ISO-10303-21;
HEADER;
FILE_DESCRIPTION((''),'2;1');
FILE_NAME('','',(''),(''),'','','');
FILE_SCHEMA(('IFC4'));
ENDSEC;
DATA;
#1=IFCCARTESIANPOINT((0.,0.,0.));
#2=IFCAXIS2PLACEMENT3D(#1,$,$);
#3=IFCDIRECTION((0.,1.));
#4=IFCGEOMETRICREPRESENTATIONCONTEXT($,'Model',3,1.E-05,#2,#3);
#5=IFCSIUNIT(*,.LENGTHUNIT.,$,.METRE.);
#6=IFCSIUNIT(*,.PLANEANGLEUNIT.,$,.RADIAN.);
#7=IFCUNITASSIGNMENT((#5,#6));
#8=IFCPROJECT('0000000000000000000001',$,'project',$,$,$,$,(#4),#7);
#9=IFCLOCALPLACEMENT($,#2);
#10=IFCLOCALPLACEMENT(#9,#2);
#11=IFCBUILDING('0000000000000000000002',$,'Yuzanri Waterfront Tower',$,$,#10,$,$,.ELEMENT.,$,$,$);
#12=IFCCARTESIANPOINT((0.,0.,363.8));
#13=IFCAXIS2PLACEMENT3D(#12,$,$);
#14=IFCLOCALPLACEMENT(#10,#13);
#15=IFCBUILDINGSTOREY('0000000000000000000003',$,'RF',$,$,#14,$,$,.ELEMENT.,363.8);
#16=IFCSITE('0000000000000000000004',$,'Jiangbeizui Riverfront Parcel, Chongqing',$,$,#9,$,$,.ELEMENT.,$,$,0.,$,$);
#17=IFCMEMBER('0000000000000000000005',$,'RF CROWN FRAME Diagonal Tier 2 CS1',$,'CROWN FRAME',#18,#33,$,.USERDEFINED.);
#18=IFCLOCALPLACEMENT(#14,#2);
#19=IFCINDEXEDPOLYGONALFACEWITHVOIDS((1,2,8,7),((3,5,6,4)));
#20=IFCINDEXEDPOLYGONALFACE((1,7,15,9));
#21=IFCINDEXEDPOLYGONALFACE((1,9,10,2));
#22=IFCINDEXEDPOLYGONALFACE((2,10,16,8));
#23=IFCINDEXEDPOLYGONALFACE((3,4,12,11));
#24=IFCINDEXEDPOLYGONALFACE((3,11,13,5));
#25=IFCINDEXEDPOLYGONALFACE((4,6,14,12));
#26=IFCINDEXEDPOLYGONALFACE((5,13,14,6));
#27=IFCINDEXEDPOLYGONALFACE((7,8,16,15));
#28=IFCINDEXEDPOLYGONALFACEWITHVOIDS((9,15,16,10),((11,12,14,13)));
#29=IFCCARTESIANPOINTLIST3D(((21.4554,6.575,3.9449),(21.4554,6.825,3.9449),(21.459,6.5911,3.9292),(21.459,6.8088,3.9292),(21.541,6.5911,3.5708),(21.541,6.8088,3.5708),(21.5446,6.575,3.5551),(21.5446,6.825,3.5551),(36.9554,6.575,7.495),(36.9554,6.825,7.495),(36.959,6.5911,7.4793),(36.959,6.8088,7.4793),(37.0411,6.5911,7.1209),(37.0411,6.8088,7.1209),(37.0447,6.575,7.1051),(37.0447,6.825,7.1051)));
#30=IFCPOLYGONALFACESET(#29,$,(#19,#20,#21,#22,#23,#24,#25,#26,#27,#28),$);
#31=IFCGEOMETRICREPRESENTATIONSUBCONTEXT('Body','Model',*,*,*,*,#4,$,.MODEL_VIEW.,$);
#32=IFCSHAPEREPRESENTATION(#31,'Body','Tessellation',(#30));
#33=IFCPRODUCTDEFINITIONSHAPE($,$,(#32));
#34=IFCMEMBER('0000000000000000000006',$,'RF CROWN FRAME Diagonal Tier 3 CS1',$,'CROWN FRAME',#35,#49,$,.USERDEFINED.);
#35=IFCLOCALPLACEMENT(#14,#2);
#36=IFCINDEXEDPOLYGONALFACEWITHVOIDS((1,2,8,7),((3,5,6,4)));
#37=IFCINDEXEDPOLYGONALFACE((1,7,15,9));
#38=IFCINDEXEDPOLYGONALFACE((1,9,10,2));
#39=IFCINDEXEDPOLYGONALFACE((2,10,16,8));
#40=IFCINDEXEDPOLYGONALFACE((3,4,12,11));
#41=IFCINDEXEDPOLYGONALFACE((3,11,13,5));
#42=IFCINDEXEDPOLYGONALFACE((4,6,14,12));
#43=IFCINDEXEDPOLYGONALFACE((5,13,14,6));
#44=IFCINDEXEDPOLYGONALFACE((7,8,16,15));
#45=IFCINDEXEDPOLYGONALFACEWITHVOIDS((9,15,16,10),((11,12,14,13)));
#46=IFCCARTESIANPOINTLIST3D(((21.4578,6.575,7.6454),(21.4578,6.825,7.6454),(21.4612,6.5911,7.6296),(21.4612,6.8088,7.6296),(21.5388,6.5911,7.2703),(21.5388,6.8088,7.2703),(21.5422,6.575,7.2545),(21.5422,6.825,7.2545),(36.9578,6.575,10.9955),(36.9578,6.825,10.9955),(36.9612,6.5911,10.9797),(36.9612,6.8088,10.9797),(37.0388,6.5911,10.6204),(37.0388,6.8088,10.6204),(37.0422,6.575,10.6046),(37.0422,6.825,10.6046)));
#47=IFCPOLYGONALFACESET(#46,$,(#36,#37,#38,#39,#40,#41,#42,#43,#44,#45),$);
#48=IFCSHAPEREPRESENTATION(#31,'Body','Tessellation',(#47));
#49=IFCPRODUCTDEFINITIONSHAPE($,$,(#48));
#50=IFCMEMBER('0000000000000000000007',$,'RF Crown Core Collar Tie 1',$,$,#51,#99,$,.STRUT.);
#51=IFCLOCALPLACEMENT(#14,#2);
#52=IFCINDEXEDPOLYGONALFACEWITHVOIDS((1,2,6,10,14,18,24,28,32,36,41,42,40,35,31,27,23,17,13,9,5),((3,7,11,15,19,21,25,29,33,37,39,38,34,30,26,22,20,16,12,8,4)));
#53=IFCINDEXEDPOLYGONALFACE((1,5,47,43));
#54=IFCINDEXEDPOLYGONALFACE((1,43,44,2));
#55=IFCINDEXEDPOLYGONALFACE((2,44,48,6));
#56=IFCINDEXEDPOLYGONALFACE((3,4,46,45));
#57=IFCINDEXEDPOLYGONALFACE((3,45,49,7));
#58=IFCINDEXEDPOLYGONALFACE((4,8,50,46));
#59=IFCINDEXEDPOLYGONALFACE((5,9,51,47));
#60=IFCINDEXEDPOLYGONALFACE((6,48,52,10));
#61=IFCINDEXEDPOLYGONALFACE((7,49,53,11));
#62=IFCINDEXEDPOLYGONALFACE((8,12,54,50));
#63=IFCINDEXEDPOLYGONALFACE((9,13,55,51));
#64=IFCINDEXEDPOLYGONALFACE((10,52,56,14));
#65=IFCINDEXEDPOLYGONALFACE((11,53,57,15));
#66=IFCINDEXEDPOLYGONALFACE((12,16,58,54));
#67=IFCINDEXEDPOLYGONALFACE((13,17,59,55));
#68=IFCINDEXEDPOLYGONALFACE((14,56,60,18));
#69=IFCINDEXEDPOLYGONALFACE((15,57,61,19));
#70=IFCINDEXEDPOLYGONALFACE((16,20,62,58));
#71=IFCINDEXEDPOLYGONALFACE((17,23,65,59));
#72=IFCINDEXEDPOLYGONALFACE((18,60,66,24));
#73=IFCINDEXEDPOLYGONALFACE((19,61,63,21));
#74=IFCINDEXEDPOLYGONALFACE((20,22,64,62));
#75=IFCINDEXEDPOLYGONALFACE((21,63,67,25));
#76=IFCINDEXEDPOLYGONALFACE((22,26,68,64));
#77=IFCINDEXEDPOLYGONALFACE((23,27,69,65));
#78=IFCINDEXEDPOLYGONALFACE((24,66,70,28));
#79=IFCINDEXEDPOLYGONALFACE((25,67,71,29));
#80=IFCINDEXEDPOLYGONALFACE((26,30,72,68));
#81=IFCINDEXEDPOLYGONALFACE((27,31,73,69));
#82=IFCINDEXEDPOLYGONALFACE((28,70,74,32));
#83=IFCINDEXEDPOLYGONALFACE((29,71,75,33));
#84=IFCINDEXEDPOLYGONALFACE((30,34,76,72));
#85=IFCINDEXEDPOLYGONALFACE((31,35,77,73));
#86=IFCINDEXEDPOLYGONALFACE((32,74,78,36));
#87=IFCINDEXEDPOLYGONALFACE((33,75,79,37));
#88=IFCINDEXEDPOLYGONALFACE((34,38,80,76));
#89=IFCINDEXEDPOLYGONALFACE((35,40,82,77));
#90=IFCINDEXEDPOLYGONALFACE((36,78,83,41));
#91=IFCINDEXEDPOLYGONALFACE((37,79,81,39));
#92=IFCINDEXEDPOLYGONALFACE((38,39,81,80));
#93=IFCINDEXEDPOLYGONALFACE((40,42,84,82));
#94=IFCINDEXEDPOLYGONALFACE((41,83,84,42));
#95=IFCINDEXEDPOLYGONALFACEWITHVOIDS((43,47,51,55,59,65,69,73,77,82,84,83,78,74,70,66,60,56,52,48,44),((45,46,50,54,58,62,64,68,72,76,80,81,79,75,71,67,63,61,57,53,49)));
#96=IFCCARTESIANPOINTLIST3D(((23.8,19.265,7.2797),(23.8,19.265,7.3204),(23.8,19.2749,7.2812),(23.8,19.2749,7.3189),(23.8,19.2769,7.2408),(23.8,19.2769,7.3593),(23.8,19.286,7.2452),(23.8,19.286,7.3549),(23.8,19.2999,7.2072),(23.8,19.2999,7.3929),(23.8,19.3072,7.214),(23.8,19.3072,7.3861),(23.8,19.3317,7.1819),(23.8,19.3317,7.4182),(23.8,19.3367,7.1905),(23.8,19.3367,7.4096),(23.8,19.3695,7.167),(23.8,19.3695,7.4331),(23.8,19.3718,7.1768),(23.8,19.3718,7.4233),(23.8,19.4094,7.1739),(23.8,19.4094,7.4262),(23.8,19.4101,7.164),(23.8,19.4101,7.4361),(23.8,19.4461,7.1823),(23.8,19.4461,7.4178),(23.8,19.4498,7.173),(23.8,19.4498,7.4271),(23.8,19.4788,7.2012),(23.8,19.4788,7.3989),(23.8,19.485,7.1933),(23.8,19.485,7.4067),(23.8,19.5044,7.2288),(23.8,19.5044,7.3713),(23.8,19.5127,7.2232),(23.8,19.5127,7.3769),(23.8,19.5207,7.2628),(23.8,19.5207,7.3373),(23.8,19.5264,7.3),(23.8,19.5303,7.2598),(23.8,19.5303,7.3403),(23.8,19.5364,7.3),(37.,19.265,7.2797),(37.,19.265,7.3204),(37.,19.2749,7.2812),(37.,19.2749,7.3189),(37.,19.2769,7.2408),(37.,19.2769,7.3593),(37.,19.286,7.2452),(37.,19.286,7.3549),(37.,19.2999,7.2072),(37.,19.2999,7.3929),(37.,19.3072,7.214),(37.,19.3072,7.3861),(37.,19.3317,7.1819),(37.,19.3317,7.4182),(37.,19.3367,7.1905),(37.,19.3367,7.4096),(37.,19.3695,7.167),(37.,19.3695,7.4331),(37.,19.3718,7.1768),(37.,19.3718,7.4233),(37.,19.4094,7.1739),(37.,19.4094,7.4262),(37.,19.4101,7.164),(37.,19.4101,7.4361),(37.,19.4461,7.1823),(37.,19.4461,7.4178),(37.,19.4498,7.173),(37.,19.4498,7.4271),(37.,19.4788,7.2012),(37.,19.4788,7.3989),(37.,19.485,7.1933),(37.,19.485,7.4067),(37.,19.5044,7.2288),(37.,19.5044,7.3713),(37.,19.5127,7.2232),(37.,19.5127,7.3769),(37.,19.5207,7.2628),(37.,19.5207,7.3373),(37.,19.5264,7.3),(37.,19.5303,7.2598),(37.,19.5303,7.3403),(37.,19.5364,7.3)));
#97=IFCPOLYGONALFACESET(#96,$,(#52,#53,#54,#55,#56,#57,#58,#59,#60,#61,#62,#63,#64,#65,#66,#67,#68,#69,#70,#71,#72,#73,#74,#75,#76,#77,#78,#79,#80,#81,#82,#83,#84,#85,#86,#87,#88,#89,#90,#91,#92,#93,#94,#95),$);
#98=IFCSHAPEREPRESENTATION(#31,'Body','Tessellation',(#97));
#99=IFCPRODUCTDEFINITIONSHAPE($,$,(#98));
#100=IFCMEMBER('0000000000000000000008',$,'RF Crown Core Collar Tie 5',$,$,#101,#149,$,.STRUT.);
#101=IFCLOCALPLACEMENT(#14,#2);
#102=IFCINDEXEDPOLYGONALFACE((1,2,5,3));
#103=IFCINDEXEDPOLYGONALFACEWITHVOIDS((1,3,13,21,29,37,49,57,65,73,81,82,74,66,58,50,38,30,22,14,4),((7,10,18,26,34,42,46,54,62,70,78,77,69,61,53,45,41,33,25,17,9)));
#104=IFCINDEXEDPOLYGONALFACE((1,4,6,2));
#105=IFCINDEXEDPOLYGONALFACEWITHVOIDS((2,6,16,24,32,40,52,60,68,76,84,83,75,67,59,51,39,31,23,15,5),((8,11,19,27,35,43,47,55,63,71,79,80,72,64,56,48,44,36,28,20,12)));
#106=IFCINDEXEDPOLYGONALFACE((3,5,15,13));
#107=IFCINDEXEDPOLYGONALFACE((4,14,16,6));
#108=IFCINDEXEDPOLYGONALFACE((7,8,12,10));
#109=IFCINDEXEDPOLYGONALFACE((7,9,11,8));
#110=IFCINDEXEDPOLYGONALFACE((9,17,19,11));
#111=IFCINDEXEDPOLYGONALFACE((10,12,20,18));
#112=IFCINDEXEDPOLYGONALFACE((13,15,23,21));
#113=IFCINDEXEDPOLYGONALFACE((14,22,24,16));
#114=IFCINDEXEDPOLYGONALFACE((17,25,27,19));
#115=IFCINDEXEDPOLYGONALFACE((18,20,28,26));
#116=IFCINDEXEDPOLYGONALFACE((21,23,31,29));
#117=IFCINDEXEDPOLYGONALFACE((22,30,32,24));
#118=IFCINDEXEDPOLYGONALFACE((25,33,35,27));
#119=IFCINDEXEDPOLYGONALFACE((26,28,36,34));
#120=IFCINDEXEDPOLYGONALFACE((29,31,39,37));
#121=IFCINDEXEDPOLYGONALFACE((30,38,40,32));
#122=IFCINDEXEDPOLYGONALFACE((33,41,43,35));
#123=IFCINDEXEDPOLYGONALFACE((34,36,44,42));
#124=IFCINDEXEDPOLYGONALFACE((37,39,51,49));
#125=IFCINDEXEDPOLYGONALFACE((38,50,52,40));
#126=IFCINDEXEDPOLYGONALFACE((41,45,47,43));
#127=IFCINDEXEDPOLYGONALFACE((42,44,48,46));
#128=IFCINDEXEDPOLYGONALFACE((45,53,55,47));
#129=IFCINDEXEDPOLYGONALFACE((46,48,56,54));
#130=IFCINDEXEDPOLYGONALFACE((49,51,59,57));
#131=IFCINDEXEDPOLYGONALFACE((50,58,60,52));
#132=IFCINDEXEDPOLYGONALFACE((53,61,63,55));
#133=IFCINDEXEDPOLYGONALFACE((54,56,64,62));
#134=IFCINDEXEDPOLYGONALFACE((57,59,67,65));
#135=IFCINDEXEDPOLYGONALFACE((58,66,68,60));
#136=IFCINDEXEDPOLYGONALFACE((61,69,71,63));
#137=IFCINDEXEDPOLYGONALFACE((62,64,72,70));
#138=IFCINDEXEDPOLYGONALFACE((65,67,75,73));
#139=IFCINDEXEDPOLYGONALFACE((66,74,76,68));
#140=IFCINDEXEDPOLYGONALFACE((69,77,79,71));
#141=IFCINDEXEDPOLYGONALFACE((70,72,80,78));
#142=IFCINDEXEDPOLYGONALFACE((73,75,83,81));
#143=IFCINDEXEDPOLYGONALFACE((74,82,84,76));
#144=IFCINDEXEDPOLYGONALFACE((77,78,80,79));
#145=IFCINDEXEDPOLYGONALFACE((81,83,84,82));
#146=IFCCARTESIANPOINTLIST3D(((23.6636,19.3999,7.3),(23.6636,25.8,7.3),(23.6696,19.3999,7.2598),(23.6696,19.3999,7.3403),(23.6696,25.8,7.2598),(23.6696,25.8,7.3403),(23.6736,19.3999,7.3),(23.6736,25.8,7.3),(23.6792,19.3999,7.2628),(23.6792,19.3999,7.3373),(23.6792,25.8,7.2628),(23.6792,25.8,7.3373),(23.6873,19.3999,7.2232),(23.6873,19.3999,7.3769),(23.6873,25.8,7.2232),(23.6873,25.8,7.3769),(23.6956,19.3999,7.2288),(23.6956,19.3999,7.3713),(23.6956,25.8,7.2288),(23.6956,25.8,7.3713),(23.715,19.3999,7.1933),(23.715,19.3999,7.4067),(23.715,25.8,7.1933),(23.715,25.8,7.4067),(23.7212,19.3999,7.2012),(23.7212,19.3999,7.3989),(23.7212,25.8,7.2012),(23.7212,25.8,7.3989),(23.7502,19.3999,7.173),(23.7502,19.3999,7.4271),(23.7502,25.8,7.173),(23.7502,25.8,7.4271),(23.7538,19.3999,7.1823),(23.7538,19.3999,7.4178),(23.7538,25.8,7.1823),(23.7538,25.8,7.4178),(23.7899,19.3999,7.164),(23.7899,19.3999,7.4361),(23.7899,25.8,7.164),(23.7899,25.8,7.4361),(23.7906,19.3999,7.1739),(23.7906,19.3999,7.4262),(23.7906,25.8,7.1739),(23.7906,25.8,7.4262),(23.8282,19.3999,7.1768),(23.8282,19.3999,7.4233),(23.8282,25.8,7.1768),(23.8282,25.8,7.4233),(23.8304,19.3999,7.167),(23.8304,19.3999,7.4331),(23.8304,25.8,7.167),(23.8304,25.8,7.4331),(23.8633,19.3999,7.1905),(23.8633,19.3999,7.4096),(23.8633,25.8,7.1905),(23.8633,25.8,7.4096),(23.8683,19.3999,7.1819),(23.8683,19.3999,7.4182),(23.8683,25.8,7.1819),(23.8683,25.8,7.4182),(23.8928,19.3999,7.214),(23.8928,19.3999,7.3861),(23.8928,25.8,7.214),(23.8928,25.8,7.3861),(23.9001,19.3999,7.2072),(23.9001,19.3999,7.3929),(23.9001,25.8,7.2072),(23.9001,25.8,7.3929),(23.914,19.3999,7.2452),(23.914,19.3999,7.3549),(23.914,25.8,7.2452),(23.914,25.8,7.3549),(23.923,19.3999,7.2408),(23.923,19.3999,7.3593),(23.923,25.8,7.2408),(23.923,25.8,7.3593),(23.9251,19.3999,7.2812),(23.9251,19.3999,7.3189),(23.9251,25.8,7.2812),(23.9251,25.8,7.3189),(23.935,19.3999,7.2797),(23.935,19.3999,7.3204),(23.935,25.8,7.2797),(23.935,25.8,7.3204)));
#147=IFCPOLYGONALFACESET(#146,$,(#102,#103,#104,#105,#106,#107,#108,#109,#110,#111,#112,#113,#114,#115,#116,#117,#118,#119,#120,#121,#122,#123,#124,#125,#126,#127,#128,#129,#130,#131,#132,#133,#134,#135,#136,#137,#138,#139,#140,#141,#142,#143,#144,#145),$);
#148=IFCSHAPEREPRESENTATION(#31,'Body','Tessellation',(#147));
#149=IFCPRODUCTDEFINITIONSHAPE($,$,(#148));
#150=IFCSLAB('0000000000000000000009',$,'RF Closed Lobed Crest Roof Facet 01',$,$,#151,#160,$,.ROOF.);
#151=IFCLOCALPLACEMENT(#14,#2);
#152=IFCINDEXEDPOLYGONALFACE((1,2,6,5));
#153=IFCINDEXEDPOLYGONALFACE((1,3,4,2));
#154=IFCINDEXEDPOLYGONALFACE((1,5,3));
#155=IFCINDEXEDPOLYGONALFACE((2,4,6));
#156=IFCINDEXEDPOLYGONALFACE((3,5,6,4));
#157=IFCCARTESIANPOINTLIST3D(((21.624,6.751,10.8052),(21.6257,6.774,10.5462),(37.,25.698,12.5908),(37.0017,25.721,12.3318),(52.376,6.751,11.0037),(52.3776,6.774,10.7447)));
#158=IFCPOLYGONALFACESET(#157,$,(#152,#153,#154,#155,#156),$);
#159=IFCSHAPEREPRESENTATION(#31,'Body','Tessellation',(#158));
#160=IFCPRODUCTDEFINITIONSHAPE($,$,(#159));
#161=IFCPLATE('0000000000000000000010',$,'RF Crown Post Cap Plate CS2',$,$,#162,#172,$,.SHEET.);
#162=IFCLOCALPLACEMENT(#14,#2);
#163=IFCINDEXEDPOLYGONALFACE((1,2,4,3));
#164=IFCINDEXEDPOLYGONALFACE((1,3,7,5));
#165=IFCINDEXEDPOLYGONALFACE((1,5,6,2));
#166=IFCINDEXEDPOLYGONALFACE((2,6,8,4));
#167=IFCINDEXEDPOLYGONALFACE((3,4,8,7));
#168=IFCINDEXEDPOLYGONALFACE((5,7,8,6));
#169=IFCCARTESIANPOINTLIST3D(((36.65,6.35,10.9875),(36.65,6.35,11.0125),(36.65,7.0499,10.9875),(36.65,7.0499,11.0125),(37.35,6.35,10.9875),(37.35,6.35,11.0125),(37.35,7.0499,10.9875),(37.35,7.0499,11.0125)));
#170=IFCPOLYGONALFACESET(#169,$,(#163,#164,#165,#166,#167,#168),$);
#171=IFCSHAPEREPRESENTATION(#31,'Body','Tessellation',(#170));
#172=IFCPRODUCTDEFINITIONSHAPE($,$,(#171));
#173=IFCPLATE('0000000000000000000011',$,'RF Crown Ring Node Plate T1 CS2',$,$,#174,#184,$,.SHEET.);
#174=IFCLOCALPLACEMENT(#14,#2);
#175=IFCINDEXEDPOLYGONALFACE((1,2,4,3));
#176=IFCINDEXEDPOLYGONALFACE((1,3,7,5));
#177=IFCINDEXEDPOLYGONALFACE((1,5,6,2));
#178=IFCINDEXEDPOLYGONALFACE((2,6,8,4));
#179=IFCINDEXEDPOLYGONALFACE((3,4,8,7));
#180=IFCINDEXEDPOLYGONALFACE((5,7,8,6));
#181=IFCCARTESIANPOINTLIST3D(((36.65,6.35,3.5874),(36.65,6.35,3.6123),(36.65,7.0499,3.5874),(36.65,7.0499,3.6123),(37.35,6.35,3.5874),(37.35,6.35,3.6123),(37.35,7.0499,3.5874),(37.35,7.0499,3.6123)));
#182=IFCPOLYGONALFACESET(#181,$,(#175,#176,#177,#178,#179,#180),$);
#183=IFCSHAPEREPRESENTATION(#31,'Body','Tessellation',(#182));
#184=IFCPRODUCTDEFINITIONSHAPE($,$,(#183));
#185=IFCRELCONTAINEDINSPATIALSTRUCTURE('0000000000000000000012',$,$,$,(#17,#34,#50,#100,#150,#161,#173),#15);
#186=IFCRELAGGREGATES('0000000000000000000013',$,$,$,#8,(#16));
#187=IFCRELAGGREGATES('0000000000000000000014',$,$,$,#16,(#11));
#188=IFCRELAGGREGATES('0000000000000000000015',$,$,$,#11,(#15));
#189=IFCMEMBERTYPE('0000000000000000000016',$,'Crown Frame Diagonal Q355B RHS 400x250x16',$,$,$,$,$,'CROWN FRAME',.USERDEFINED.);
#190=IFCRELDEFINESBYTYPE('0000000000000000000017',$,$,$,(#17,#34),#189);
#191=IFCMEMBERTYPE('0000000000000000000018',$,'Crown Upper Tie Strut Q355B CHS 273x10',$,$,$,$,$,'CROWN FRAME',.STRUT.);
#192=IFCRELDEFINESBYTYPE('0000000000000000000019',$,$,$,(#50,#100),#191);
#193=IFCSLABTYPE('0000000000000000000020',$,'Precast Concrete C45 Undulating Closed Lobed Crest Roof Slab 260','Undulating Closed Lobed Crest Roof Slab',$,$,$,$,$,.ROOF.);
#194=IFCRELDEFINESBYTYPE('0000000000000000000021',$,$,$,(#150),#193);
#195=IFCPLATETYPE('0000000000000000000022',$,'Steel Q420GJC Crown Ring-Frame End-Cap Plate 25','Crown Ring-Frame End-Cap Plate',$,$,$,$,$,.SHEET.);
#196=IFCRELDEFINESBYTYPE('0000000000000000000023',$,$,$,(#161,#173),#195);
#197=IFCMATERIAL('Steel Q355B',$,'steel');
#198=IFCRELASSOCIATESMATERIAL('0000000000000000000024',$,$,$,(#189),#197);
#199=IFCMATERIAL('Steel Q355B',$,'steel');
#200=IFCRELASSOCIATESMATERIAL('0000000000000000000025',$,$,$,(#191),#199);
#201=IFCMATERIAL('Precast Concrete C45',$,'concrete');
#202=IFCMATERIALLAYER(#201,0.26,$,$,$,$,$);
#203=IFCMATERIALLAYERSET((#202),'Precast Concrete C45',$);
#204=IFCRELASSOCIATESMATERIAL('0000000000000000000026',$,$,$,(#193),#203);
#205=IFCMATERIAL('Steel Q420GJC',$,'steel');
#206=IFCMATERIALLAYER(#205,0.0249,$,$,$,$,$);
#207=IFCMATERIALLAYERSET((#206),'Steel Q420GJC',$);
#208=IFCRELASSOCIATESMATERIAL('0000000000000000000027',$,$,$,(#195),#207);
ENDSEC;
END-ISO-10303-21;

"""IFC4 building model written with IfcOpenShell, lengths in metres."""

from ifc_helpers import new_model, si_unit, direction, frame, origin, origin_2d, place, context, subcontext, project, spatial, polyline, rectangle, hollow_rectangle, hollow_circle, outline, extrude, source, transform, mapped, material, layer, layer_set, material_profile, profile_set, type_object, element, save


model = new_model("IFC4")

# Units and contexts
model_context = context("Model", 3, precision=1e-05, world=origin(), true_north=direction((0.0, 1.0)))
body_context = subcontext(model_context, "Body", "Model", "MODEL_VIEW")
ifc_project = project(units=[si_unit("LENGTHUNIT", "METRE"), si_unit("PLANEANGLEUNIT", "RADIAN")], contexts=[model_context])

# Site, building, storey
site_placement = place(None, origin())
site = spatial("IfcSite", under=ifc_project, at=site_placement, Name="Jiangbeizui Riverfront Parcel, Chongqing", CompositionType="ELEMENT", RefElevation=0.0)
building_placement = place(site_placement, origin())
building = spatial("IfcBuilding", under=site, at=building_placement, Name="Yuzanri Waterfront Tower", CompositionType="ELEMENT")
storey_placement = place(building_placement, frame((0.0, 0.0, 363.8)))
storey = spatial("IfcBuildingStorey", under=building, at=storey_placement, Name="RF", CompositionType="ELEMENT", Elevation=363.8)

# Members
ifc_material_1 = material(Name="Steel Q355B", Category="steel")
ifc_material_profile_1 = material_profile(ifc_material_1, hollow_rectangle(XDim=0.25, YDim=0.3999, WallThickness=0.0161, at=origin_2d()), Name="RHS 400x250x16")
ifc_profile_set_1 = profile_set([ifc_material_profile_1], Name="Steel Q355B")
member_type_1 = type_object("IfcMemberType", Name="Crown Frame Diagonal Q355B RHS 400x250x16", ElementType="CROWN FRAME", PredefinedType="USERDEFINED", material=ifc_profile_set_1)
shared_shape_1 = source(origin(), body_context, "Body", "SweptSolid", [
    extrude(hollow_rectangle(XDim=0.25, YDim=0.3999, WallThickness=0.0161, at=origin_2d()), origin(), (0.0, 0.0, 1.0), 15.9014),
])
member_1_placement = place(storey_placement, frame((21.5, 6.7, 3.75), z_axis=(0.97476, 0.0, 0.223255), x_axis=(0.0, 1.0, 0.0)))
element("IfcMember", 1, at=member_1_placement, inside=storey, type_object=member_type_1, Name="RF CROWN FRAME Diagonal Tier 2 CS1", ObjectType="CROWN FRAME", PredefinedType="USERDEFINED", context=body_context, shape_type="MappedRepresentation", body=[
    mapped(shared_shape_1, transform((0.0, 0.0, 0.0), scale=1.0)),
])
shared_shape_2 = source(origin(), body_context, "Body", "SweptSolid", [
    extrude(hollow_rectangle(XDim=0.25, YDim=0.3999, WallThickness=0.0161, at=origin_2d()), origin(), (0.0, 0.0, 1.0), 15.8579),
])
member_2_placement = place(storey_placement, frame((21.5, 6.7, 7.45), z_axis=(0.97743, 0.0, 0.211257), x_axis=(0.0, 1.0, 0.0)))
element("IfcMember", 2, at=member_2_placement, inside=storey, type_object=member_type_1, Name="RF CROWN FRAME Diagonal Tier 3 CS1", ObjectType="CROWN FRAME", PredefinedType="USERDEFINED", context=body_context, shape_type="MappedRepresentation", body=[
    mapped(shared_shape_2, transform((0.0, 0.0, 0.0), scale=1.0)),
])
ifc_material_2 = material(Name="Steel Q355B", Category="steel")
ifc_material_profile_2 = material_profile(ifc_material_2, hollow_circle(Radius=0.1365, WallThickness=0.01, at=origin_2d()), Name="CHS 273x10")
ifc_profile_set_2 = profile_set([ifc_material_profile_2], Name="Steel Q355B")
member_type_2 = type_object("IfcMemberType", Name="Crown Upper Tie Strut Q355B CHS 273x10", ElementType="CROWN FRAME", PredefinedType="STRUT", material=ifc_profile_set_2)
shared_shape_3 = source(origin(), body_context, "Body", "SweptSolid", [
    extrude(hollow_circle(Radius=0.1365, WallThickness=0.01, at=origin_2d()), origin(), (0.0, 0.0, 1.0), 13.2),
])
member_3_placement = place(storey_placement, frame((23.8, 19.3999, 7.3), z_axis=(1.0, 0.0, 0.0), x_axis=(0.0, 1.0, 0.0)))
element("IfcMember", 3, at=member_3_placement, inside=storey, type_object=member_type_2, Name="RF Crown Core Collar Tie 1", PredefinedType="STRUT", context=body_context, shape_type="MappedRepresentation", body=[
    mapped(shared_shape_3, transform((0.0, 0.0, 0.0), scale=1.0)),
])
shared_shape_4 = source(origin(), body_context, "Body", "SweptSolid", [
    extrude(hollow_circle(Radius=0.1365, WallThickness=0.01, at=origin_2d()), origin(), (0.0, 0.0, 1.0), 6.4001),
])
member_4_placement = place(storey_placement, frame((23.8, 19.3999, 7.3), z_axis=(0.0, 1.0, 0.0), x_axis=(-1.0, 0.0, 0.0)))
element("IfcMember", 4, at=member_4_placement, inside=storey, type_object=member_type_2, Name="RF Crown Core Collar Tie 5", PredefinedType="STRUT", context=body_context, shape_type="MappedRepresentation", body=[
    mapped(shared_shape_4, transform((0.0, 0.0, 0.0), scale=1.0)),
])

# Slab
ifc_material_3 = material(Name="Precast Concrete C45", Category="concrete")
ifc_layer_1 = layer(ifc_material_3, 0.26)
ifc_layer_set_1 = layer_set([ifc_layer_1], Name="Precast Concrete C45")
slab_type = type_object("IfcSlabType", Name="Precast Concrete C45 Undulating Closed Lobed Crest Roof Slab 260", Description="Undulating Closed Lobed Crest Roof Slab", PredefinedType="ROOF", material=ifc_layer_set_1)
slab_placement = place(storey_placement, frame((21.624, 6.751, 10.8052), z_axis=(-0.006429, -0.088654, 0.996042), x_axis=(0.999979, 0.0, 0.006454)))
element("IfcSlab", 5, at=slab_placement, inside=storey, type_object=slab_type, Name="RF Closed Lobed Crest Roof Facet 01", PredefinedType="ROOF", context=body_context, shape_type="SweptSolid", body=[
    extrude(outline(polyline([(0.0, 0.0), (30.7526, 0.0), (15.3872, 19.0219), (0.0, 0.0)])), origin(), (0.0, 0.0, -1.0), 0.26),
])

# Plates
ifc_material_4 = material(Name="Steel Q420GJC", Category="steel")
ifc_layer_2 = layer(ifc_material_4, 0.0249)
ifc_layer_set_2 = layer_set([ifc_layer_2], Name="Steel Q420GJC")
plate_type_1 = type_object("IfcPlateType", Name="Steel Q420GJC Crown Ring-Frame End-Cap Plate 25", Description="Crown Ring-Frame End-Cap Plate", PredefinedType="SHEET", material=ifc_layer_set_2)
shared_shape_5 = source(origin(), body_context, "Body", "SweptSolid", [
    extrude(rectangle(XDim=0.7, YDim=0.7, at=origin_2d()), origin(), (0.0, 0.0, 1.0), 0.0249),
])
for number, where, z_axis, x_axis, name in (
    (6, (37.0, 6.7, 10.9875), (0.0, 0.0, 1.0), (1.0, 0.0, 0.0), "RF Crown Post Cap Plate CS2"),
    (7, (37.0, 6.7, 3.5874), (0.0, 0.0, 1.0), (1.0, 0.0, 0.0), "RF Crown Ring Node Plate T1 CS2"),
):
    element("IfcPlate", number, at=place(storey_placement, frame(where, z_axis=z_axis, x_axis=x_axis)), inside=storey, type_object=plate_type_1, Name=name, PredefinedType="SHEET", context=body_context, shape_type="MappedRepresentation", body=[
        mapped(shared_shape_5, transform((0.0, 0.0, 0.0), scale=1.0)),
    ])

save(model, "model.ifc")
